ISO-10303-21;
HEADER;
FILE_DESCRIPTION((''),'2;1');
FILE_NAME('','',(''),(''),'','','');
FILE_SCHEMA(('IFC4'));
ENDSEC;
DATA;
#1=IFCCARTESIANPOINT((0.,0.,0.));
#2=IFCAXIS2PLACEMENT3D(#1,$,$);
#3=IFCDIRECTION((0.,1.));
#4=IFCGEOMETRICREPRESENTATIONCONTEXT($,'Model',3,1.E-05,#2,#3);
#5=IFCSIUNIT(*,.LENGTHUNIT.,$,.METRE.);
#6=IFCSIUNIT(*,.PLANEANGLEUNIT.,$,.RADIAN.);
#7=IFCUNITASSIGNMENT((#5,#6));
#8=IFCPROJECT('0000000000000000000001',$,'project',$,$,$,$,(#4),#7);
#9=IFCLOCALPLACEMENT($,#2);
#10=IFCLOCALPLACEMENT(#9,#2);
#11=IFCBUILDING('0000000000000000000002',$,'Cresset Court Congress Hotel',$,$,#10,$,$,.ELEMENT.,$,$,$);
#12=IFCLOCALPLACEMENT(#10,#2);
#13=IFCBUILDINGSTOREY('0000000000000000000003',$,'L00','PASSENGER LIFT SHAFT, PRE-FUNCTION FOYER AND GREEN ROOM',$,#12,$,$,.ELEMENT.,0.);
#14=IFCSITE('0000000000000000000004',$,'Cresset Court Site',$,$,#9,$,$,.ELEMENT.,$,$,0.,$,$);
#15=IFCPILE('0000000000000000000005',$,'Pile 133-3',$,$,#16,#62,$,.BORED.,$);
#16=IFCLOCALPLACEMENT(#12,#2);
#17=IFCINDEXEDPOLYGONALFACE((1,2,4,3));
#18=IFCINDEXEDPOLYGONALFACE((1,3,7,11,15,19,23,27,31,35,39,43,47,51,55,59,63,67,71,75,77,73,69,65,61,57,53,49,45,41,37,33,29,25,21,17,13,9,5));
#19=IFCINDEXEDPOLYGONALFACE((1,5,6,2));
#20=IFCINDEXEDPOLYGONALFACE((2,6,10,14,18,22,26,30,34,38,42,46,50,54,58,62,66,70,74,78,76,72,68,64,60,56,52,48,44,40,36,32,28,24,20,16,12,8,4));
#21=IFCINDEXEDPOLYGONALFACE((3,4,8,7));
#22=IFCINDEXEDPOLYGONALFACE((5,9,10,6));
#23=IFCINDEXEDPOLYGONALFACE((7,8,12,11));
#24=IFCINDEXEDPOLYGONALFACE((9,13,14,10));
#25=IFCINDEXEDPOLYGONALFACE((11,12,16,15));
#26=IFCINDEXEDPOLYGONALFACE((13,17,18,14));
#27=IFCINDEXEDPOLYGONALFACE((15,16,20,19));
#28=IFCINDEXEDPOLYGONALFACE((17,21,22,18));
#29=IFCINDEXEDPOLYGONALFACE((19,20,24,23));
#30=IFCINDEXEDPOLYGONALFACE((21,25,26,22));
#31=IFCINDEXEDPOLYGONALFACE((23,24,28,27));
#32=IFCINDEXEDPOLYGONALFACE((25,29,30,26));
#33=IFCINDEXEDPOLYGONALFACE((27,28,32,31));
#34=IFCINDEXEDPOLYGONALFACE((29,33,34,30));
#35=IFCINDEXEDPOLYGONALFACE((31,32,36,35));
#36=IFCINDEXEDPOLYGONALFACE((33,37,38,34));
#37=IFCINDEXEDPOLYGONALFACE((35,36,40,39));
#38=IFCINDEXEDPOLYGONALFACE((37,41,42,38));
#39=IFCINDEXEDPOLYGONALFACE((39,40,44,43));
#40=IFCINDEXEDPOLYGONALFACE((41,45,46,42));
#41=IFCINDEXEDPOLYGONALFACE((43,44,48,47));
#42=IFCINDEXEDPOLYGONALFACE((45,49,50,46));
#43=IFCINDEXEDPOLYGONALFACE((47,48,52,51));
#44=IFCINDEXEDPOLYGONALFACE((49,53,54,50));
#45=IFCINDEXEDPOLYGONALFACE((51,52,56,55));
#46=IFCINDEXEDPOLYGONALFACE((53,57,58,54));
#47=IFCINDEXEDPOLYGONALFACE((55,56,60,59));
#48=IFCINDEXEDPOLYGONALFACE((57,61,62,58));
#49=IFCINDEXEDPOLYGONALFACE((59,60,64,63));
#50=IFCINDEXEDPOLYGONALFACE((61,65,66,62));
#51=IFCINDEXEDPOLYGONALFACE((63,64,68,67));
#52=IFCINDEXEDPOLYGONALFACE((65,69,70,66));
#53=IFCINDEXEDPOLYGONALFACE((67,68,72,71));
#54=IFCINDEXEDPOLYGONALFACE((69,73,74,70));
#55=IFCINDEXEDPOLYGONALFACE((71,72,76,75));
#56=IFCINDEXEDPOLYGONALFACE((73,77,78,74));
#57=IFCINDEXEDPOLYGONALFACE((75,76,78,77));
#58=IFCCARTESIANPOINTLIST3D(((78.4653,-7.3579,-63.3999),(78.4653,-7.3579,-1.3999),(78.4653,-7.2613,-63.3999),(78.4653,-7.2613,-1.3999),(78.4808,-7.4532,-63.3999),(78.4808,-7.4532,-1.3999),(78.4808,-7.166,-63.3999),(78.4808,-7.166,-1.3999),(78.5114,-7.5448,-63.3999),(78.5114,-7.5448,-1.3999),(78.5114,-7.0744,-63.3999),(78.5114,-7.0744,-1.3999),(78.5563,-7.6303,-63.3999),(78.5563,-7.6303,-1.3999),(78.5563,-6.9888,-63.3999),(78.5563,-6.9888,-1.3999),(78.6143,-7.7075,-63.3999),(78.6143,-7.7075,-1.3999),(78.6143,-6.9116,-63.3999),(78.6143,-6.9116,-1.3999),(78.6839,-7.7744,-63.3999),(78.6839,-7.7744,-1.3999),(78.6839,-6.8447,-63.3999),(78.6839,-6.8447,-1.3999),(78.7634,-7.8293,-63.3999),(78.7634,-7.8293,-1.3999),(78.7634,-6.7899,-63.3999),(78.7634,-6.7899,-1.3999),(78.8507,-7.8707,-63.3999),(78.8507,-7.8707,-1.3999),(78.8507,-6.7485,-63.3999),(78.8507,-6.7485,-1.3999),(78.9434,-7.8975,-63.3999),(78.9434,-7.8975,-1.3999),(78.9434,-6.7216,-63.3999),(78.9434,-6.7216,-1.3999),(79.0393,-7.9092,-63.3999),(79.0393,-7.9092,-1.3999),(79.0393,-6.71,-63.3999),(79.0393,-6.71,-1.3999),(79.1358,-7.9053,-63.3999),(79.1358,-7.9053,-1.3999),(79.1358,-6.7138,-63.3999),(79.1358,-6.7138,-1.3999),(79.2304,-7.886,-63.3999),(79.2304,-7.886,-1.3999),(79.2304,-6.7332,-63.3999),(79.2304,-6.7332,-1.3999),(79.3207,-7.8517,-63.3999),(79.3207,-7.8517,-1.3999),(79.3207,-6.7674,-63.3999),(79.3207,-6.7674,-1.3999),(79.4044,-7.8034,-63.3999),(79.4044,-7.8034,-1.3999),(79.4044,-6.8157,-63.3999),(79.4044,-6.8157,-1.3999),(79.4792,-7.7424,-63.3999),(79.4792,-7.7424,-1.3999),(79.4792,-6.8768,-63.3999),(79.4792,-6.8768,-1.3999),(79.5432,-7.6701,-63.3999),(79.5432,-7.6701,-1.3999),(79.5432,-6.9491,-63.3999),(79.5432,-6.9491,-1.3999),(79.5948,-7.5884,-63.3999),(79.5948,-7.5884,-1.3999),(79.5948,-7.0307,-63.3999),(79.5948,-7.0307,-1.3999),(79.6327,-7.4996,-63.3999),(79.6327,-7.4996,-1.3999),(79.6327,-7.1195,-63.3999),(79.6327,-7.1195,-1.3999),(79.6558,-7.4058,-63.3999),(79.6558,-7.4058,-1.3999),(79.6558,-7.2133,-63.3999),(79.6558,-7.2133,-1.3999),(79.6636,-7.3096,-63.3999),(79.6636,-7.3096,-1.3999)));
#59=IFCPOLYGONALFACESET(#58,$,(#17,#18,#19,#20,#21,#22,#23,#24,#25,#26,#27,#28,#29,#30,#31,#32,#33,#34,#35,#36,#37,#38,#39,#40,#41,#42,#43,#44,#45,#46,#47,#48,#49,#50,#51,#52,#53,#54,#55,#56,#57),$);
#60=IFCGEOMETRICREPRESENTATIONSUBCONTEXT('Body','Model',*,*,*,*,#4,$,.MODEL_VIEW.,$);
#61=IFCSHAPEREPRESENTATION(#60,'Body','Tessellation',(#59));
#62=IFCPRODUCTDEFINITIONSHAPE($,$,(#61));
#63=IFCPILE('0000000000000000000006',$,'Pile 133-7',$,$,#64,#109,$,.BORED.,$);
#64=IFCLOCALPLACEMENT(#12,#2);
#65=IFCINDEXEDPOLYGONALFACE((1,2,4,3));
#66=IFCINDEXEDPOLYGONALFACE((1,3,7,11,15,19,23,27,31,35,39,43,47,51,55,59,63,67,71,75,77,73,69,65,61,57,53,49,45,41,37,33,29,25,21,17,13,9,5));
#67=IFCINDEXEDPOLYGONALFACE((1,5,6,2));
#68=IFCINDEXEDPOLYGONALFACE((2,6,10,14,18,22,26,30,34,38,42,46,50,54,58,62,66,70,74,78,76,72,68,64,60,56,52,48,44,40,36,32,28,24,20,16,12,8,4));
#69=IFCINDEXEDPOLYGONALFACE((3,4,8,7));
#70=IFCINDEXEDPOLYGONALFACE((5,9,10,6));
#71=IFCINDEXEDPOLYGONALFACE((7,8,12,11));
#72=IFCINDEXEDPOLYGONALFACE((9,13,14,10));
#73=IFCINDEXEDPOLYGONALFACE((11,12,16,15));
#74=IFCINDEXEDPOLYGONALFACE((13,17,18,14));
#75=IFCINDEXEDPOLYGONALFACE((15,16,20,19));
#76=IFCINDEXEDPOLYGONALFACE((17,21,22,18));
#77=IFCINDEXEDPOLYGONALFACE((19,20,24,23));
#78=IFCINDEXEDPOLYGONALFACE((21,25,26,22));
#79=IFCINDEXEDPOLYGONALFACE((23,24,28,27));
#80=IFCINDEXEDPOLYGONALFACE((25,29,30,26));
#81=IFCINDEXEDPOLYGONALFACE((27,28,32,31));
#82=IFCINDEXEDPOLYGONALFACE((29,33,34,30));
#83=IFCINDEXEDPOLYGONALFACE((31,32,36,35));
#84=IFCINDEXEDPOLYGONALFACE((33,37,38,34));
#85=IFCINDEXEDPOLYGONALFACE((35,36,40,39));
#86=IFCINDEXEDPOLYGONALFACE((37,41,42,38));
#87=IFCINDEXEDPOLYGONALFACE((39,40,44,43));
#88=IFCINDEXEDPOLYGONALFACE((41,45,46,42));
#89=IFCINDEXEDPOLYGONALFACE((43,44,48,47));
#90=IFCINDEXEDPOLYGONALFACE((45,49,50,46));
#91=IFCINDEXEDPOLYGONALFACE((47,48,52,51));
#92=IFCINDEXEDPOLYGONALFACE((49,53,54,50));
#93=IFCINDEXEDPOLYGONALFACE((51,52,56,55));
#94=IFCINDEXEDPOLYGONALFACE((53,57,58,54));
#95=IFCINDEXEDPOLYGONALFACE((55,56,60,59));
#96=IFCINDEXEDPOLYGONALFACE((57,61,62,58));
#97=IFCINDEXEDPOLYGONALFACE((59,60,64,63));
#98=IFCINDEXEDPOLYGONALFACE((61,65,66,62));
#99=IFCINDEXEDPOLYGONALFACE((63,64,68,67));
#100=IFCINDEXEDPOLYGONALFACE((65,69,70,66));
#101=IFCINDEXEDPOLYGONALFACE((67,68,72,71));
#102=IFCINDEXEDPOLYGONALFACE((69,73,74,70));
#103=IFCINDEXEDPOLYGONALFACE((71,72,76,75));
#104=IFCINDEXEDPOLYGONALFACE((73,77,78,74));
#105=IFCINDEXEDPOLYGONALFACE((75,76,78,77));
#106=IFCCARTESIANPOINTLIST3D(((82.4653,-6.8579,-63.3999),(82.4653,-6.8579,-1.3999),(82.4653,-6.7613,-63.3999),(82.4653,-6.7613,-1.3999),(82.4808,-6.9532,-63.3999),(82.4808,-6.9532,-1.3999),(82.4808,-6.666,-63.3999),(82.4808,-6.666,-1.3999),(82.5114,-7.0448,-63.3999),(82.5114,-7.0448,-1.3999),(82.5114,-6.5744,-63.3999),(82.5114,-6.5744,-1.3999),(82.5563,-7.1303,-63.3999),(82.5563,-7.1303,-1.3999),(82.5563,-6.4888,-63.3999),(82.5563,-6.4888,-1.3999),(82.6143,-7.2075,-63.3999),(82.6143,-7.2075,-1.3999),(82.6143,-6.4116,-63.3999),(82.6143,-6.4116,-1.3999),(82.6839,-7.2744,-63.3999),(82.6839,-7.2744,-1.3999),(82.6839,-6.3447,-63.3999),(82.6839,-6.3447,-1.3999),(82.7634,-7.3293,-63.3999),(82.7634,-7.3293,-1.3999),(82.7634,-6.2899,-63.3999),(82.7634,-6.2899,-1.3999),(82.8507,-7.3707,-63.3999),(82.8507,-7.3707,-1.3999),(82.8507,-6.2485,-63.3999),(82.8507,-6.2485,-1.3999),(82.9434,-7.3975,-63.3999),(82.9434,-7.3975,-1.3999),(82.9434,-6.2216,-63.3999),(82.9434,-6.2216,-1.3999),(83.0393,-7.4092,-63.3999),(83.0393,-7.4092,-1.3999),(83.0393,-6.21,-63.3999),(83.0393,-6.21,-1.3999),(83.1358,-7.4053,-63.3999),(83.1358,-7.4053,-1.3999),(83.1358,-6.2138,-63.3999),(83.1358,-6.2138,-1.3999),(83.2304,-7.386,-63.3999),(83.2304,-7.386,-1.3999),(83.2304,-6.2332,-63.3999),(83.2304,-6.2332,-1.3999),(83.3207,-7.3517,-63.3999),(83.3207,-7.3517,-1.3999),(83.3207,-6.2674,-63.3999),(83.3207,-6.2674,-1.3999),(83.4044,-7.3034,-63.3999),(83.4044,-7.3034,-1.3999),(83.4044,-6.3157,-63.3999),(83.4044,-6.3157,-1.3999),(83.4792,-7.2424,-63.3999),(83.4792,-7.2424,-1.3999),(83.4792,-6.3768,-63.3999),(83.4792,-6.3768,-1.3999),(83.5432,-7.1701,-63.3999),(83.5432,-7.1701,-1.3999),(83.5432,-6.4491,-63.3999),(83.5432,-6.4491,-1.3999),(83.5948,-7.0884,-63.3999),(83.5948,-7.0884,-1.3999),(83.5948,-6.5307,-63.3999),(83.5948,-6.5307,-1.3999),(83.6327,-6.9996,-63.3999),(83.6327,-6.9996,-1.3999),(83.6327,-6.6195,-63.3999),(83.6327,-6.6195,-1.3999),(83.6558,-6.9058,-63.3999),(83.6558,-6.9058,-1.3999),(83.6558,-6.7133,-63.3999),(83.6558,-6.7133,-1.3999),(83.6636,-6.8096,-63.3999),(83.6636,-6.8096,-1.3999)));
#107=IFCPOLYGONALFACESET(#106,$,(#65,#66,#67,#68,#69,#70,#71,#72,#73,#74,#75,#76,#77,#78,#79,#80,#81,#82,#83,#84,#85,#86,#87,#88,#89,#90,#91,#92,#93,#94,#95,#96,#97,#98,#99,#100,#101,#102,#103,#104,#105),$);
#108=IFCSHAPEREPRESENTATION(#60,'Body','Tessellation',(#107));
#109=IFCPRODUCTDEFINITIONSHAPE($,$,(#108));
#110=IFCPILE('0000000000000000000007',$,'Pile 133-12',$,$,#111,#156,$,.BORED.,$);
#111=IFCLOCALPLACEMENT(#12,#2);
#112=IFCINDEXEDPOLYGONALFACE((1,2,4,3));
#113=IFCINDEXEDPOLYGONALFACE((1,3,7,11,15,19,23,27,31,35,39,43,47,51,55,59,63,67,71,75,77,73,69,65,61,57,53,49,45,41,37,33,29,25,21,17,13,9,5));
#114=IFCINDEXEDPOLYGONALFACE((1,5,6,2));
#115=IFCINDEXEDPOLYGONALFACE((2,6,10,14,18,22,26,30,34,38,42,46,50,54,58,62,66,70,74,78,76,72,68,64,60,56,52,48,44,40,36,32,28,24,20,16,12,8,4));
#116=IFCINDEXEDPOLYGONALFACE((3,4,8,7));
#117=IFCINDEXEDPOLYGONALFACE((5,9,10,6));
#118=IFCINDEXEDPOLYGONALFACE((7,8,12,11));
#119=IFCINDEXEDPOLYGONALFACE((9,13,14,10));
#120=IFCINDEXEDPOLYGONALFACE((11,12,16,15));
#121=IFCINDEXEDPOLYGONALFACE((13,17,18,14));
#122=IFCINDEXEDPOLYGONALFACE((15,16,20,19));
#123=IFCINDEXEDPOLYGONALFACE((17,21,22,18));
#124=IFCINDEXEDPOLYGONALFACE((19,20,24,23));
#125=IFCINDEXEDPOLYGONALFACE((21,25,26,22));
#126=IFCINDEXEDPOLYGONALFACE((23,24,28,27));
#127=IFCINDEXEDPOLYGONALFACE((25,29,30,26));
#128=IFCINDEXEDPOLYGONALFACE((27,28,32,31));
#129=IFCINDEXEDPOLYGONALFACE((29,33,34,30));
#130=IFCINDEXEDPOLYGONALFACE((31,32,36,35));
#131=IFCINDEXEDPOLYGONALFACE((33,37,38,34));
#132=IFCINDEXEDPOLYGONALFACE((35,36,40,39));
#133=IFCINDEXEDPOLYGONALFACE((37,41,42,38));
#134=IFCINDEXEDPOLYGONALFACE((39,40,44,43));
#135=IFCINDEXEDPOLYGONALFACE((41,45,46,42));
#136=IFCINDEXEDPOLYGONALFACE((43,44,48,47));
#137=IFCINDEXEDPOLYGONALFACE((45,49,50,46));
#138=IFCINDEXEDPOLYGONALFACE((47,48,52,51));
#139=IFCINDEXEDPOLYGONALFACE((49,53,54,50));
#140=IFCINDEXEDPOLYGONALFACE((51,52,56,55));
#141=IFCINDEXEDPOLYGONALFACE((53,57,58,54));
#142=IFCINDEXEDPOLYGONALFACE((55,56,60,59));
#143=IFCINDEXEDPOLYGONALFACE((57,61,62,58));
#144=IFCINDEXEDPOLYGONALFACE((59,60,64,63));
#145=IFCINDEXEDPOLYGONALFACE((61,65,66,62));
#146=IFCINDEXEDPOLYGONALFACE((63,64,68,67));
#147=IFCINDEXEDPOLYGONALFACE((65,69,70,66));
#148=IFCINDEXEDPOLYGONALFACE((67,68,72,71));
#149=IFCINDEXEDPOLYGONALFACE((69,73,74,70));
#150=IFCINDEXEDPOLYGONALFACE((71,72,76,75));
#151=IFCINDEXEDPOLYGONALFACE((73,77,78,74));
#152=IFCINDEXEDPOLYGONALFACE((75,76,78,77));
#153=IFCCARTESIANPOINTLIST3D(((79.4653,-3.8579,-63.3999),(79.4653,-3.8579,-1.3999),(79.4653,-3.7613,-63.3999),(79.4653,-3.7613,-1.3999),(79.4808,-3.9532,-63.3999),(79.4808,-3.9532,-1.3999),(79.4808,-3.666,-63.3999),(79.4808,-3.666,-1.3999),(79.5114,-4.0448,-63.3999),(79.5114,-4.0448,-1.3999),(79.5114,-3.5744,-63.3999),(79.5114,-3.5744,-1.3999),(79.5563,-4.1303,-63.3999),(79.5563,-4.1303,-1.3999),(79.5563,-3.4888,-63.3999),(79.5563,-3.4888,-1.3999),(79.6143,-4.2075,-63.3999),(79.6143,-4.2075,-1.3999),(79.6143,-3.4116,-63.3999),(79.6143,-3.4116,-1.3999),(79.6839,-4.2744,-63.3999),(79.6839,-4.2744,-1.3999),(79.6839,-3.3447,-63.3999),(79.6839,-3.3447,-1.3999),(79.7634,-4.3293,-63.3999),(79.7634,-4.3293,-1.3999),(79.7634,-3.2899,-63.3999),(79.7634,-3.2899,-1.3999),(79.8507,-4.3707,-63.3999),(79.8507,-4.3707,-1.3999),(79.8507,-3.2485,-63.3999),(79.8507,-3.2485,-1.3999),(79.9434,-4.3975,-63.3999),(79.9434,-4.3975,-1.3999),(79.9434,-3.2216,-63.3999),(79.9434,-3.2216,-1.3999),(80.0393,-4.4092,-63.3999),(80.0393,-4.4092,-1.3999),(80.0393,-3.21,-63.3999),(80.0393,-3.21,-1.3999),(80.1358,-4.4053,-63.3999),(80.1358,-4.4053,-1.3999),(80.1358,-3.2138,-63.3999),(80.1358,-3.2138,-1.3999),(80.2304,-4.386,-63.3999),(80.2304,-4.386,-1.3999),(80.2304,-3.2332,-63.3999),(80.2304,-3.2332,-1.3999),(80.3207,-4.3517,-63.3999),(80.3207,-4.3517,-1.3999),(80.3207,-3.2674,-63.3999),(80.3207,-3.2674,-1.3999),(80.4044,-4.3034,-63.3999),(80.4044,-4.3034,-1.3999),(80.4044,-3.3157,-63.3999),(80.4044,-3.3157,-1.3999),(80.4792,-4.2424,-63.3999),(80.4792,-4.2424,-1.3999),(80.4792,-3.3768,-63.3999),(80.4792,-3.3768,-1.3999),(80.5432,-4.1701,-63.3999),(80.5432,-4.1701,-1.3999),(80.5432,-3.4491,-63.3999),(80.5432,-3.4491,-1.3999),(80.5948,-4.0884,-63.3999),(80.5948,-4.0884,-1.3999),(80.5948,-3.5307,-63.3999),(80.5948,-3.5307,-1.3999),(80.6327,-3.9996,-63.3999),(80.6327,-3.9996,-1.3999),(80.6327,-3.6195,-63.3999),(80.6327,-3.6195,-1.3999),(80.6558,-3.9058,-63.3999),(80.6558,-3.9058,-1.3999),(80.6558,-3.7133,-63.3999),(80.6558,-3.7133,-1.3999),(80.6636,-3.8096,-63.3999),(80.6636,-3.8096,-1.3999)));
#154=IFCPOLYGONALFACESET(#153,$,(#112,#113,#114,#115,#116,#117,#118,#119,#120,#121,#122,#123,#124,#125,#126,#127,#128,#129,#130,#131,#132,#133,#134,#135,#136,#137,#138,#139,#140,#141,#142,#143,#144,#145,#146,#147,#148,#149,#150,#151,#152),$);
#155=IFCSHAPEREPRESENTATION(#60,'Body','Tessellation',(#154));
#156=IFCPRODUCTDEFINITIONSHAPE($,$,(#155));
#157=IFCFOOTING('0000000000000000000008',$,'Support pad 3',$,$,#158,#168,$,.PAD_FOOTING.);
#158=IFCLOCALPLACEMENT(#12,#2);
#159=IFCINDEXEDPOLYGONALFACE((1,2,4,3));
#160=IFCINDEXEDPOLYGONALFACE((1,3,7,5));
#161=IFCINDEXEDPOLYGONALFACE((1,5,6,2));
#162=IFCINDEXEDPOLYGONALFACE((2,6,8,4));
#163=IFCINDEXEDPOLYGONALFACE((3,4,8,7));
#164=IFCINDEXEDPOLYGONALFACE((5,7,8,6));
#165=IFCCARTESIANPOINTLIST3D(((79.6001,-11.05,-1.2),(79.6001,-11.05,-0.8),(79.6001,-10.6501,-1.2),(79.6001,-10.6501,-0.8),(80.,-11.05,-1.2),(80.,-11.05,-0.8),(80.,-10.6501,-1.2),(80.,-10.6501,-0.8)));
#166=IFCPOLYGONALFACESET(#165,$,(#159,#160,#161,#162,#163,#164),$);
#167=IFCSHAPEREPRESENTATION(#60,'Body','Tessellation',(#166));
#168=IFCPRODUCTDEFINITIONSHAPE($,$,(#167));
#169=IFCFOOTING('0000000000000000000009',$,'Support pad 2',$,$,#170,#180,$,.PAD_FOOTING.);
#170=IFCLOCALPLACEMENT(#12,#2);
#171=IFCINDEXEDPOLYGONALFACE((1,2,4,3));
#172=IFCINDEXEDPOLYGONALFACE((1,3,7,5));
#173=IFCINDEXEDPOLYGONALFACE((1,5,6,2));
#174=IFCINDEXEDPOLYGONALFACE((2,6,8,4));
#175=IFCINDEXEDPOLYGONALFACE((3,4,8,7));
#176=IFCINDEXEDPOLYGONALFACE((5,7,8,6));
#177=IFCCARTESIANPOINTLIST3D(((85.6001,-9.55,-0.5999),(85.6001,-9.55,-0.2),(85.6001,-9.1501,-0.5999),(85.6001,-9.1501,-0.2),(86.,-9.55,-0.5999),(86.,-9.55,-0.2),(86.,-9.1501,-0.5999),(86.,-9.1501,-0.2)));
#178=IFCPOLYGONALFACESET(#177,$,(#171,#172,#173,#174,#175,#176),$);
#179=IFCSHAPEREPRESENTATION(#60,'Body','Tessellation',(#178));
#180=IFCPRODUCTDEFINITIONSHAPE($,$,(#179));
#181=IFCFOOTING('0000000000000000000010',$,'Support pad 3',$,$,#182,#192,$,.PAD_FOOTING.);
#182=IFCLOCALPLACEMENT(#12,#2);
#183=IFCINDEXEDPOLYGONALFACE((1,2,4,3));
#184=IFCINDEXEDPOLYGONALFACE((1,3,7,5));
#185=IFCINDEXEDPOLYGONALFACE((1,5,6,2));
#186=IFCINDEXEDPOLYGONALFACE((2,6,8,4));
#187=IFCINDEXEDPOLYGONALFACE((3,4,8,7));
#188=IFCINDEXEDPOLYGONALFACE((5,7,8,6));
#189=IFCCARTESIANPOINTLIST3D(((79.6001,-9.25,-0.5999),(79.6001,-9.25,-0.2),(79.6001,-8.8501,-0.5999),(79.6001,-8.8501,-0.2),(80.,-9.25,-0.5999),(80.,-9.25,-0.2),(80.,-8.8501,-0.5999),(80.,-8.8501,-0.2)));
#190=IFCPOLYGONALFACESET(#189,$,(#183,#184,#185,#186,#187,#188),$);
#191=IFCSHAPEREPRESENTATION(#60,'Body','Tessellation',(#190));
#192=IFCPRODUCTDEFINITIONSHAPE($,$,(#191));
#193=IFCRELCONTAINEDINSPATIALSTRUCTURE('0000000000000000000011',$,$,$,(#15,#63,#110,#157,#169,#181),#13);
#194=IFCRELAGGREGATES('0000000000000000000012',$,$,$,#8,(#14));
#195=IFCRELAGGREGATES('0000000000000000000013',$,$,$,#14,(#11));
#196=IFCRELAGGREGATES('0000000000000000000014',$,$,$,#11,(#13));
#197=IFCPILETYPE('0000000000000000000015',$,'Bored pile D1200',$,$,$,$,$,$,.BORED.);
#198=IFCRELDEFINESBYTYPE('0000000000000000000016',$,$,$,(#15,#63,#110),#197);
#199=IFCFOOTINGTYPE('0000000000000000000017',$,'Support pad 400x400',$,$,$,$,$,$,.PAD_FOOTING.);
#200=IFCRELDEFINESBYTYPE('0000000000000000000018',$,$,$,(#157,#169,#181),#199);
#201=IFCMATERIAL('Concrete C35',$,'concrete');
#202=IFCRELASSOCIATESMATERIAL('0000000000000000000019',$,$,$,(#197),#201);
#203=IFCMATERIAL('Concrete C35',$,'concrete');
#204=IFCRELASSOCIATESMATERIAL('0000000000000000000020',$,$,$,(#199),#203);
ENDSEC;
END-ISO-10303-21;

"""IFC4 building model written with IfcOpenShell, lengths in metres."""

from ifc_helpers import new_model, si_unit, direction, frame, origin, origin_2d, place, context, subcontext, project, spatial, rectangle, circle, extrude, material, type_object, element, save


model = new_model("IFC4")

# Units and contexts
model_context = context("Model", 3, precision=1e-05, world=origin(), true_north=direction((0.0, 1.0)))
body_context = subcontext(model_context, "Body", "Model", "MODEL_VIEW")
ifc_project = project(units=[si_unit("LENGTHUNIT", "METRE"), si_unit("PLANEANGLEUNIT", "RADIAN")], contexts=[model_context])

# Site, building, storey
site_placement = place(None, origin())
site = spatial("IfcSite", under=ifc_project, at=site_placement, Name="Cresset Court Site", CompositionType="ELEMENT", RefElevation=0.0)
building_placement = place(site_placement, origin())
building = spatial("IfcBuilding", under=site, at=building_placement, Name="Cresset Court Congress Hotel", CompositionType="ELEMENT")
storey_placement = place(building_placement, origin())
storey = spatial("IfcBuildingStorey", under=building, at=storey_placement, Name="L00", Description="PASSENGER LIFT SHAFT, PRE-FUNCTION FOYER AND GREEN ROOM", CompositionType="ELEMENT", Elevation=0.0)

# Piles
ifc_material_1 = material(Name="Concrete C35", Category="concrete")
pile_type = type_object("IfcPileType", Name="Bored pile D1200", PredefinedType="BORED", material=ifc_material_1)
for number, where, z_axis, x_axis, name in (
    (1, (79.0635, -7.3096, -1.3999), (0.0, 0.0, -1.0), (1.0, 0.0, 0.0), "Pile 133-3"),
    (2, (83.0635, -6.8096, -1.3999), (0.0, 0.0, -1.0), (1.0, 0.0, 0.0), "Pile 133-7"),
    (3, (80.0635, -3.8096, -1.3999), (0.0, 0.0, -1.0), (1.0, 0.0, 0.0), "Pile 133-12"),
):
    element("IfcPile", number, at=place(storey_placement, frame(where, z_axis=z_axis, x_axis=x_axis)), inside=storey, type_object=pile_type, Name=name, PredefinedType="BORED", context=body_context, shape_type="SweptSolid", body=[
        extrude(circle(Radius=0.6001, at=origin_2d()), origin(), (0.0, 0.0, 1.0), 62.0),
    ])

# Footings
ifc_material_2 = material(Name="Concrete C35", Category="concrete")
footing_type = type_object("IfcFootingType", Name="Support pad 400x400", PredefinedType="PAD_FOOTING", material=ifc_material_2)
for number, where, z_axis, x_axis, name in (
    (4, (79.8, -10.8501, -1.2), (0.0, 0.0, 1.0), (1.0, 0.0, 0.0), "Support pad 3"),
    (5, (85.8, -9.3501, -0.5999), (0.0, 0.0, 1.0), (1.0, 0.0, 0.0), "Support pad 2"),
    (6, (79.8, -9.05, -0.5999), (0.0, 0.0, 1.0), (1.0, 0.0, 0.0), "Support pad 3"),
):
    element("IfcFooting", number, at=place(storey_placement, frame(where, z_axis=z_axis, x_axis=x_axis)), inside=storey, type_object=footing_type, Name=name, PredefinedType="PAD_FOOTING", context=body_context, shape_type="SweptSolid", body=[
        extrude(rectangle(XDim=0.3999, YDim=0.3999, at=origin_2d()), origin(), (0.0, 0.0, 1.0), 0.3999),
    ])

save(model, "model.ifc")
